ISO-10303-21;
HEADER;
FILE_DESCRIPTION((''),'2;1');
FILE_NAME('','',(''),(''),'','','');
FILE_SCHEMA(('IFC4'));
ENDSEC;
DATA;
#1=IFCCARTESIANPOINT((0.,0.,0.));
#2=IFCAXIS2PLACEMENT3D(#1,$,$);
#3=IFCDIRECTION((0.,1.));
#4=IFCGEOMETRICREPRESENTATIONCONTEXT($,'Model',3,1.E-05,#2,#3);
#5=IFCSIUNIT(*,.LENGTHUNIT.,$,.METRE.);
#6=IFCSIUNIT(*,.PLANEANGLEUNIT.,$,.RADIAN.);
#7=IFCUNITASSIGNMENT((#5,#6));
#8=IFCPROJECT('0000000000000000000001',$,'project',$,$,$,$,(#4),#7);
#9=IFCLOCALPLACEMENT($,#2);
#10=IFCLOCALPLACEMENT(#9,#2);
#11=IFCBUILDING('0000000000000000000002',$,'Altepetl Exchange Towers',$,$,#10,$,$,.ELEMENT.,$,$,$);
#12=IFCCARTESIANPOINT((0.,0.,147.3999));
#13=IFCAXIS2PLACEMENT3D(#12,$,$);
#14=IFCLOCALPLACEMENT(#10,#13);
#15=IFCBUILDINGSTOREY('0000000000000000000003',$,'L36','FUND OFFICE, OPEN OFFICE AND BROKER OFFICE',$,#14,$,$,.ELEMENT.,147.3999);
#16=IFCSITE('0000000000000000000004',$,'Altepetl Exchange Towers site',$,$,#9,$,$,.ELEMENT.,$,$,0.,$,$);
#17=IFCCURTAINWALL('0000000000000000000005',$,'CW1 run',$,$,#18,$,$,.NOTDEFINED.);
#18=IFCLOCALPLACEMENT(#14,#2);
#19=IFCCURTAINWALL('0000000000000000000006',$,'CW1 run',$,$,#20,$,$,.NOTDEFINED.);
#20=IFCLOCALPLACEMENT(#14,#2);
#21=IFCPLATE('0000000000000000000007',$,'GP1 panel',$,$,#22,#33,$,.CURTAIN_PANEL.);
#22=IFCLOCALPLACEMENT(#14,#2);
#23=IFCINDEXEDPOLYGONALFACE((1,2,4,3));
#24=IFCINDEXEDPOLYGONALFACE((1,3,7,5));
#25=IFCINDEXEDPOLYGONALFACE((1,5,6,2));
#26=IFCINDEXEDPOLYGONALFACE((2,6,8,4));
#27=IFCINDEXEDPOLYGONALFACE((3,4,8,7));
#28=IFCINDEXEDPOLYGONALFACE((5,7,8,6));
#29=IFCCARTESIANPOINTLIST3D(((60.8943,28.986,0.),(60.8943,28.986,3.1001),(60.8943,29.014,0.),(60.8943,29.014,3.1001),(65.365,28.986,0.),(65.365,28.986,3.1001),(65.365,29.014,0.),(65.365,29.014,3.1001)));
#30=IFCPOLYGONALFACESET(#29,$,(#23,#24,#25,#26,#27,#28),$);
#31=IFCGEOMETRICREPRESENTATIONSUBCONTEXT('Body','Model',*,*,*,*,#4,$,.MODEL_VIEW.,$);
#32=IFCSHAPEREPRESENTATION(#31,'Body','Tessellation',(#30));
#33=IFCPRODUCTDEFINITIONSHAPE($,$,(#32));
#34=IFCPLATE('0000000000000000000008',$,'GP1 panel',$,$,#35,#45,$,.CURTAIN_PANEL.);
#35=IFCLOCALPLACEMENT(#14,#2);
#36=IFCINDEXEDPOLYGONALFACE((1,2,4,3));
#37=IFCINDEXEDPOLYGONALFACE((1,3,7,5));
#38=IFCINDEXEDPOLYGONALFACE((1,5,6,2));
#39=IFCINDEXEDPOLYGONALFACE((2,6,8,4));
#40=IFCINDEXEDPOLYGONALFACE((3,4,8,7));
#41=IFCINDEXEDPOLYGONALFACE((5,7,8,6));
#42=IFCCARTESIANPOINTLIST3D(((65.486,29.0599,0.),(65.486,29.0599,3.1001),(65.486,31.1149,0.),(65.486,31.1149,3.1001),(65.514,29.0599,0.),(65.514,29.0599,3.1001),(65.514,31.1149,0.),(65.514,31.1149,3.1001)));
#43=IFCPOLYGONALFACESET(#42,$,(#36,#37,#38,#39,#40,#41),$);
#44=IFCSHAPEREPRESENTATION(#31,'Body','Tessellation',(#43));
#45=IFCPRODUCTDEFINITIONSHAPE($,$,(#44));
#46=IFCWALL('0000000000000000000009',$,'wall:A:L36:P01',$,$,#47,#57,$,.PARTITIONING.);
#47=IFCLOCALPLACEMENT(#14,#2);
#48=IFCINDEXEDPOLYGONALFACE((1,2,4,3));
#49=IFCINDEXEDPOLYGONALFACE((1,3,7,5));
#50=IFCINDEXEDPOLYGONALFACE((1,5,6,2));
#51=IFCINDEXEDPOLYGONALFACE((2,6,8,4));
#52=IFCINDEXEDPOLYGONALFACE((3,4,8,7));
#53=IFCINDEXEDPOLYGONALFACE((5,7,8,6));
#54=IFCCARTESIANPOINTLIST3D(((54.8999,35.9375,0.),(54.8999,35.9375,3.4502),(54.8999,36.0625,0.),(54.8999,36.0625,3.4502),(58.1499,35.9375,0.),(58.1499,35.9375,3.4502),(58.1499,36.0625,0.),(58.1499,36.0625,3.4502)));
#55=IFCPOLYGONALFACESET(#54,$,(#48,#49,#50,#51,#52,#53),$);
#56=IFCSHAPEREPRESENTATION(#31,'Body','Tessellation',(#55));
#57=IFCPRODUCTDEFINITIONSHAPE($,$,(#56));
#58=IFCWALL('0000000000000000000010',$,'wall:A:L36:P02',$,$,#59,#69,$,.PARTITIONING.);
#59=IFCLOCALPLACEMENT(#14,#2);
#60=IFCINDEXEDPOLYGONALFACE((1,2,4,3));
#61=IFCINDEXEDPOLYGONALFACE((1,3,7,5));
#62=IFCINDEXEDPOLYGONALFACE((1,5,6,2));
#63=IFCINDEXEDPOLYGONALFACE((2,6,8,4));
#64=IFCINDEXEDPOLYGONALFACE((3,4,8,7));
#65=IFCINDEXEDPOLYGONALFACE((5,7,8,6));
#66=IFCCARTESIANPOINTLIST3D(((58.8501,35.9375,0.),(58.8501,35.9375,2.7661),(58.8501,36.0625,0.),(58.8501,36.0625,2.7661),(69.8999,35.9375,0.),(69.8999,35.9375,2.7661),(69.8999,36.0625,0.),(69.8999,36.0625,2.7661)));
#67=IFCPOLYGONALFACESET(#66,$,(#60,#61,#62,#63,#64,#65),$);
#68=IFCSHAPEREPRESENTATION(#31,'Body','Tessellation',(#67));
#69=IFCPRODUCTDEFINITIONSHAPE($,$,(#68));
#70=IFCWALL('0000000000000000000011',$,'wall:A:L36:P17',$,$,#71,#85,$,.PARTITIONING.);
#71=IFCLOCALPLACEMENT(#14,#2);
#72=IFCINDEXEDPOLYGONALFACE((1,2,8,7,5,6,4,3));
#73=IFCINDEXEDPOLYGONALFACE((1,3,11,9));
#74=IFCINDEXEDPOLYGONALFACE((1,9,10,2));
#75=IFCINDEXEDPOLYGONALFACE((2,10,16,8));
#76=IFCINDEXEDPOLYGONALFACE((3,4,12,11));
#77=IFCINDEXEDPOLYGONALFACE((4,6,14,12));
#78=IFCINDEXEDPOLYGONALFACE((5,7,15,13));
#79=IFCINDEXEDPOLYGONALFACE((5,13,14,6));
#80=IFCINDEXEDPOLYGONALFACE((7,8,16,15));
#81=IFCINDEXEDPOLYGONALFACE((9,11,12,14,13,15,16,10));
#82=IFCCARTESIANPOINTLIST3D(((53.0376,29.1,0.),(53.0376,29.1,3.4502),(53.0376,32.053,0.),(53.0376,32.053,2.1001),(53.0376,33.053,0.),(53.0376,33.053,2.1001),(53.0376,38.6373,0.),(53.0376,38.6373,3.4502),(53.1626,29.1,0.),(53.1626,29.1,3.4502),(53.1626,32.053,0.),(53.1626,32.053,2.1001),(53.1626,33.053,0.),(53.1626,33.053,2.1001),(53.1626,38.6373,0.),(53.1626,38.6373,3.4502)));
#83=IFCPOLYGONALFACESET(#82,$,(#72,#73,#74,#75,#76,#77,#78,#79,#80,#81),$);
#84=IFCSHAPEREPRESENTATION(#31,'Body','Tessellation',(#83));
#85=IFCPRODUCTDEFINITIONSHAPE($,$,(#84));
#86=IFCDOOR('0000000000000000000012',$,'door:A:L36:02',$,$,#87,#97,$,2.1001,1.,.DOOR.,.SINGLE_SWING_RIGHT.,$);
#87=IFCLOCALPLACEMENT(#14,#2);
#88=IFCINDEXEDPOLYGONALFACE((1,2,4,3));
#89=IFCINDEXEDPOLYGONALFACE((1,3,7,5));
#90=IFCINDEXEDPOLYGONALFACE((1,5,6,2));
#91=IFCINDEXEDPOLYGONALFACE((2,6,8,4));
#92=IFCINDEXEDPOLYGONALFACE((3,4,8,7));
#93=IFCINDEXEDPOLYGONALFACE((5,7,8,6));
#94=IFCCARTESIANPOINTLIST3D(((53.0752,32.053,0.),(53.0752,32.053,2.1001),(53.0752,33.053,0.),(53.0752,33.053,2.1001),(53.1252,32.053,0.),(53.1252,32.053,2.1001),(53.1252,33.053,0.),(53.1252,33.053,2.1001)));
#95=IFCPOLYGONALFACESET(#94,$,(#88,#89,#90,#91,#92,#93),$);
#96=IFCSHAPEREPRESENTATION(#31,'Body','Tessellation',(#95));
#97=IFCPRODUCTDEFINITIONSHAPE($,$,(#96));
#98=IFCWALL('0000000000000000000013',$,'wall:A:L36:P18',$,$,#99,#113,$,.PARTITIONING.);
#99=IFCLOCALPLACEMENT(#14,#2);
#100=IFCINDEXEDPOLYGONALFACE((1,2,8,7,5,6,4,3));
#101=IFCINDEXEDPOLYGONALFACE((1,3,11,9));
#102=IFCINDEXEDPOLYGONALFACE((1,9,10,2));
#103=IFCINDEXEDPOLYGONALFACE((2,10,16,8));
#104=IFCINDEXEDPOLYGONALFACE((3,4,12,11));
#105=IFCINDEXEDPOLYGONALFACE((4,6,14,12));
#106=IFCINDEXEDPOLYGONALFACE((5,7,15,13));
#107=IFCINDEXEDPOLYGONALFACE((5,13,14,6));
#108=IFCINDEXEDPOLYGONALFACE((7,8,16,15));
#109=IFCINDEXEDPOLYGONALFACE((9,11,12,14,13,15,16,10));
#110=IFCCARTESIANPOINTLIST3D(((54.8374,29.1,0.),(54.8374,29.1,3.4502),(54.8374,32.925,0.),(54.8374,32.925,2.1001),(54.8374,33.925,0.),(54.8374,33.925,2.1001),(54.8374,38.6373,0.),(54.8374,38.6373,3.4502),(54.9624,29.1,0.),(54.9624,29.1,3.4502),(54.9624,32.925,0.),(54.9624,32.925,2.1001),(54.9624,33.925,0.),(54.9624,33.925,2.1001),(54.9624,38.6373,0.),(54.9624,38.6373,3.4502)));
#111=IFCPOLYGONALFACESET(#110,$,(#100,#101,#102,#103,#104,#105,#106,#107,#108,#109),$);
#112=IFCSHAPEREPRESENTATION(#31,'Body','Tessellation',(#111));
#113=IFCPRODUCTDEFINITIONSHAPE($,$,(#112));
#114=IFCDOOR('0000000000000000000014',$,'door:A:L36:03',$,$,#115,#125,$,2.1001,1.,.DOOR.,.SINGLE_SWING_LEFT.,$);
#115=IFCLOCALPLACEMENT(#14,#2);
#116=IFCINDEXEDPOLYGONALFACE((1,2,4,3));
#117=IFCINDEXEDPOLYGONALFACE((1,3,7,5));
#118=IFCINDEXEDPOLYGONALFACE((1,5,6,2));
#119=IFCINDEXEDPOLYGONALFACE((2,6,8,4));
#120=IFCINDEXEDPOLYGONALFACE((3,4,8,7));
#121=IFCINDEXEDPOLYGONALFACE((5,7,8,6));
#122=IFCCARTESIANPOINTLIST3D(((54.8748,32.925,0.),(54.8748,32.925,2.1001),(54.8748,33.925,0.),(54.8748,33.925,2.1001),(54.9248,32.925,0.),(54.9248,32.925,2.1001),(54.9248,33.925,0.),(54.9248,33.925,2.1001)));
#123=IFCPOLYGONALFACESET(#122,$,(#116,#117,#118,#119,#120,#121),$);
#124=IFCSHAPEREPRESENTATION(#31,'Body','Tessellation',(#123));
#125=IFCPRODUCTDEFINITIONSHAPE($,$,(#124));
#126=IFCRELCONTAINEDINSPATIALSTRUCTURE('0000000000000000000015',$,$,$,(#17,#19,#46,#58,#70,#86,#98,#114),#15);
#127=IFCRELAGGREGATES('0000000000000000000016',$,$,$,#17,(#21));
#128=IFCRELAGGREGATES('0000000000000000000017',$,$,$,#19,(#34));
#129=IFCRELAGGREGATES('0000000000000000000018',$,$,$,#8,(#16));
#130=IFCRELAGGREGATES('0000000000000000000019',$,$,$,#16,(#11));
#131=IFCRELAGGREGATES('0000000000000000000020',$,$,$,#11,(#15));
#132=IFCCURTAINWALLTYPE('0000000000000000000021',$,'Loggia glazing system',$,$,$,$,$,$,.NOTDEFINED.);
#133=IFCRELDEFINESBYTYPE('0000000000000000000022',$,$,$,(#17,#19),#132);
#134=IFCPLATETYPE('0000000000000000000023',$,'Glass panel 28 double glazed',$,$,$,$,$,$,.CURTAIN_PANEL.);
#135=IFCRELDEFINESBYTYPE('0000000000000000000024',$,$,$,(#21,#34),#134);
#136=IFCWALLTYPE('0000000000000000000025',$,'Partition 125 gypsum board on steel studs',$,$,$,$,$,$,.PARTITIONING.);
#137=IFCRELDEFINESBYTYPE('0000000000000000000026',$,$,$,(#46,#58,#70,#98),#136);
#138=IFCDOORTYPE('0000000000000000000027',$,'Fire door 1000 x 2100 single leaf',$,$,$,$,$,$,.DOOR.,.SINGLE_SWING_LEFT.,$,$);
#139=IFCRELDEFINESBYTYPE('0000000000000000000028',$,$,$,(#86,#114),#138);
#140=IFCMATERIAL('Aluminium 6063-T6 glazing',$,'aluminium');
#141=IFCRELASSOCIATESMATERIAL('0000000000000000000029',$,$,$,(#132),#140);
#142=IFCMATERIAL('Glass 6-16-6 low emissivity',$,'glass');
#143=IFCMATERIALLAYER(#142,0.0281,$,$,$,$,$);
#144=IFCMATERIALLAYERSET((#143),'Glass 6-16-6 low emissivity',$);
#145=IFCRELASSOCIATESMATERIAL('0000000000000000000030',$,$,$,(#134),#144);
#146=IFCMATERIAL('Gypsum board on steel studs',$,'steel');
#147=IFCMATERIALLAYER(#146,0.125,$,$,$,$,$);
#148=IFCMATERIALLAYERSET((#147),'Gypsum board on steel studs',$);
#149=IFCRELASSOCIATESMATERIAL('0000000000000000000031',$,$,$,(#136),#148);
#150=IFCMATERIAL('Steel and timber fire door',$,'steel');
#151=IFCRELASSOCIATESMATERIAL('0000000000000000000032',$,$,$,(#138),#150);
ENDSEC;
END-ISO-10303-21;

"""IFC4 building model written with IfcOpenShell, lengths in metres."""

from ifc_helpers import new_model, si_unit, direction, frame, frame_2d, origin, origin_2d, place, context, subcontext, project, spatial, rectangle, extrude, material, layer, layer_set, type_object, element, fill, aggregate, save


model = new_model("IFC4")

# Units and contexts
model_context = context("Model", 3, precision=1e-05, world=origin(), true_north=direction((0.0, 1.0)))
body_context = subcontext(model_context, "Body", "Model", "MODEL_VIEW")
ifc_project = project(units=[si_unit("LENGTHUNIT", "METRE"), si_unit("PLANEANGLEUNIT", "RADIAN")], contexts=[model_context])

# Site, building, storey
site_placement = place(None, origin())
site = spatial("IfcSite", under=ifc_project, at=site_placement, Name="Altepetl Exchange Towers site", CompositionType="ELEMENT", RefElevation=0.0)
building_placement = place(site_placement, origin())
building = spatial("IfcBuilding", under=site, at=building_placement, Name="Altepetl Exchange Towers", CompositionType="ELEMENT")
storey_placement = place(building_placement, frame((0.0, 0.0, 147.3999)))
storey = spatial("IfcBuildingStorey", under=building, at=storey_placement, Name="L36", Description="FUND OFFICE, OPEN OFFICE AND BROKER OFFICE", CompositionType="ELEMENT", Elevation=147.3999)

# Curtain walls
ifc_material_1 = material(Name="Aluminium 6063-T6 glazing", Category="aluminium")
curtain_wall_type = type_object("IfcCurtainWallType", Name="Loggia glazing system", PredefinedType="NOTDEFINED", material=ifc_material_1)
curtain_wall_1_placement = place(storey_placement, origin())
curtain_wall_1 = element("IfcCurtainWall", 1, at=curtain_wall_1_placement, inside=storey, type_object=curtain_wall_type, Name="CW1 run", PredefinedType="NOTDEFINED")
curtain_wall_2_placement = place(storey_placement, origin())
curtain_wall_2 = element("IfcCurtainWall", 2, at=curtain_wall_2_placement, inside=storey, type_object=curtain_wall_type, Name="CW1 run", PredefinedType="NOTDEFINED")

# Plates
ifc_material_2 = material(Name="Glass 6-16-6 low emissivity", Category="glass")
ifc_layer_1 = layer(ifc_material_2, 0.0281)
ifc_layer_set_1 = layer_set([ifc_layer_1], Name="Glass 6-16-6 low emissivity")
plate_type = type_object("IfcPlateType", Name="Glass panel 28 double glazed", PredefinedType="CURTAIN_PANEL", material=ifc_layer_set_1)
plate_1_placement = place(storey_placement, frame((63.1296, 29.0, 0.0)))
plate_1 = element("IfcPlate", 3, at=plate_1_placement, type_object=plate_type, Name="GP1 panel", PredefinedType="CURTAIN_PANEL", context=body_context, shape_type="SweptSolid", body=[
    extrude(rectangle(XDim=4.4707, YDim=0.0281, at=origin_2d()), origin(), (0.0, 0.0, 1.0), 3.1001),
])
aggregate(curtain_wall_1, [plate_1])
plate_2_placement = place(storey_placement, frame((65.5, 30.0874, 0.0), z_axis=(0.0, 0.0, 1.0), x_axis=(0.0, 1.0, 0.0)))
plate_2 = element("IfcPlate", 4, at=plate_2_placement, type_object=plate_type, Name="GP1 panel", PredefinedType="CURTAIN_PANEL", context=body_context, shape_type="SweptSolid", body=[
    extrude(rectangle(XDim=2.0549, YDim=0.0281, at=origin_2d()), origin(), (0.0, 0.0, 1.0), 3.1001),
])
aggregate(curtain_wall_2, [plate_2])

# Walls
ifc_material_3 = material(Name="Gypsum board on steel studs", Category="steel")
ifc_layer_2 = layer(ifc_material_3, 0.125)
ifc_layer_set_2 = layer_set([ifc_layer_2], Name="Gypsum board on steel studs")
wall_type = type_object("IfcWallType", Name="Partition 125 gypsum board on steel studs", PredefinedType="PARTITIONING", material=ifc_layer_set_2)
wall_1_placement = place(storey_placement, frame((54.8999, 36.0, 0.0)))
element("IfcWall", 5, at=wall_1_placement, inside=storey, type_object=wall_type, Name="wall:A:L36:P01", PredefinedType="PARTITIONING", context=body_context, shape_type="SweptSolid", body=[
    extrude(rectangle(XDim=3.25, YDim=0.125, at=frame_2d((1.625, 0.0))), origin(), (0.0, 0.0, 1.0), 3.4502),
])
wall_2_placement = place(storey_placement, frame((58.8501, 36.0, 0.0)))
element("IfcWall", 6, at=wall_2_placement, inside=storey, type_object=wall_type, Name="wall:A:L36:P02", PredefinedType="PARTITIONING", context=body_context, shape_type="SweptSolid", body=[
    extrude(rectangle(XDim=11.0498, YDim=0.125, at=frame_2d((5.5249, 0.0))), origin(), (0.0, 0.0, 1.0), 2.7661),
])

# Walls, openings, doors
wall_3_placement = place(storey_placement, frame((53.1001, 29.1001, 0.0), z_axis=(0.0, 0.0, 1.0), x_axis=(0.0, 1.0, 0.0)))
wall_3 = element("IfcWall", 7, at=wall_3_placement, inside=storey, type_object=wall_type, Name="wall:A:L36:P17", PredefinedType="PARTITIONING", context=body_context, shape_type="SweptSolid", body=[
    extrude(rectangle(XDim=9.5374, YDim=0.125, at=frame_2d((4.7686, 0.0))), origin(), (0.0, 0.0, 1.0), 3.4502),
])
opening_1_placement = place(wall_3_placement, frame((2.9529, 0.0, 0.0)))
opening_1 = element("IfcOpeningElement", 8, at=opening_1_placement, cuts=wall_3, PredefinedType="OPENING", context=body_context, shape_type="SweptSolid", body=[
    extrude(rectangle(XDim=1.0, YDim=2.1001, at=frame_2d((0.5, 1.05))), frame((0.0, 0.0725, 0.0), z_axis=(0.0, -1.0, 0.0), x_axis=(1.0, 0.0, 0.0)), (0.0, 0.0, 1.0), 0.145),
])
ifc_material_4 = material(Name="Steel and timber fire door", Category="steel")
door_type = type_object("IfcDoorType", Name="Fire door 1000 x 2100 single leaf", OperationType="SINGLE_SWING_LEFT", PredefinedType="DOOR", material=ifc_material_4)
door_1_placement = place(opening_1_placement, origin())
door_1 = element("IfcDoor", 9, at=door_1_placement, inside=storey, type_object=door_type, Name="door:A:L36:02", OperationType="SINGLE_SWING_RIGHT", OverallHeight=2.1001, OverallWidth=1.0, PredefinedType="DOOR", context=body_context, shape_type="SweptSolid", body=[
    extrude(rectangle(XDim=1.0, YDim=2.1001, at=frame_2d((0.5, 1.05))), frame((0.0, 0.0249, 0.0), z_axis=(0.0, -1.0, 0.0), x_axis=(1.0, 0.0, 0.0)), (0.0, 0.0, 1.0), 0.05),
])
fill(opening_1, door_1)
wall_4_placement = place(storey_placement, frame((54.8999, 29.1001, 0.0), z_axis=(0.0, 0.0, 1.0), x_axis=(0.0, 1.0, 0.0)))
wall_4 = element("IfcWall", 10, at=wall_4_placement, inside=storey, type_object=wall_type, Name="wall:A:L36:P18", PredefinedType="PARTITIONING", context=body_context, shape_type="SweptSolid", body=[
    extrude(rectangle(XDim=9.5374, YDim=0.125, at=frame_2d((4.7686, 0.0))), origin(), (0.0, 0.0, 1.0), 3.4502),
])
opening_2_placement = place(wall_4_placement, frame((3.825, 0.0, 0.0)))
opening_2 = element("IfcOpeningElement", 11, at=opening_2_placement, cuts=wall_4, PredefinedType="OPENING", context=body_context, shape_type="SweptSolid", body=[
    extrude(rectangle(XDim=1.0, YDim=2.1001, at=frame_2d((0.5, 1.05))), frame((0.0, 0.0725, 0.0), z_axis=(0.0, -1.0, 0.0), x_axis=(1.0, 0.0, 0.0)), (0.0, 0.0, 1.0), 0.145),
])
door_2_placement = place(opening_2_placement, frame((1.0, 0.0, 0.0), x_axis=(-1.0, 0.0, 0.0)))
door_2 = element("IfcDoor", 12, at=door_2_placement, inside=storey, type_object=door_type, Name="door:A:L36:03", OperationType="SINGLE_SWING_LEFT", OverallHeight=2.1001, OverallWidth=1.0, PredefinedType="DOOR", context=body_context, shape_type="SweptSolid", body=[
    extrude(rectangle(XDim=1.0, YDim=2.1001, at=frame_2d((0.5, 1.05))), frame((0.0, 0.0249, 0.0), z_axis=(0.0, -1.0, 0.0), x_axis=(1.0, 0.0, 0.0)), (0.0, 0.0, 1.0), 0.05),
])
fill(opening_2, door_2)

save(model, "model.ifc")
